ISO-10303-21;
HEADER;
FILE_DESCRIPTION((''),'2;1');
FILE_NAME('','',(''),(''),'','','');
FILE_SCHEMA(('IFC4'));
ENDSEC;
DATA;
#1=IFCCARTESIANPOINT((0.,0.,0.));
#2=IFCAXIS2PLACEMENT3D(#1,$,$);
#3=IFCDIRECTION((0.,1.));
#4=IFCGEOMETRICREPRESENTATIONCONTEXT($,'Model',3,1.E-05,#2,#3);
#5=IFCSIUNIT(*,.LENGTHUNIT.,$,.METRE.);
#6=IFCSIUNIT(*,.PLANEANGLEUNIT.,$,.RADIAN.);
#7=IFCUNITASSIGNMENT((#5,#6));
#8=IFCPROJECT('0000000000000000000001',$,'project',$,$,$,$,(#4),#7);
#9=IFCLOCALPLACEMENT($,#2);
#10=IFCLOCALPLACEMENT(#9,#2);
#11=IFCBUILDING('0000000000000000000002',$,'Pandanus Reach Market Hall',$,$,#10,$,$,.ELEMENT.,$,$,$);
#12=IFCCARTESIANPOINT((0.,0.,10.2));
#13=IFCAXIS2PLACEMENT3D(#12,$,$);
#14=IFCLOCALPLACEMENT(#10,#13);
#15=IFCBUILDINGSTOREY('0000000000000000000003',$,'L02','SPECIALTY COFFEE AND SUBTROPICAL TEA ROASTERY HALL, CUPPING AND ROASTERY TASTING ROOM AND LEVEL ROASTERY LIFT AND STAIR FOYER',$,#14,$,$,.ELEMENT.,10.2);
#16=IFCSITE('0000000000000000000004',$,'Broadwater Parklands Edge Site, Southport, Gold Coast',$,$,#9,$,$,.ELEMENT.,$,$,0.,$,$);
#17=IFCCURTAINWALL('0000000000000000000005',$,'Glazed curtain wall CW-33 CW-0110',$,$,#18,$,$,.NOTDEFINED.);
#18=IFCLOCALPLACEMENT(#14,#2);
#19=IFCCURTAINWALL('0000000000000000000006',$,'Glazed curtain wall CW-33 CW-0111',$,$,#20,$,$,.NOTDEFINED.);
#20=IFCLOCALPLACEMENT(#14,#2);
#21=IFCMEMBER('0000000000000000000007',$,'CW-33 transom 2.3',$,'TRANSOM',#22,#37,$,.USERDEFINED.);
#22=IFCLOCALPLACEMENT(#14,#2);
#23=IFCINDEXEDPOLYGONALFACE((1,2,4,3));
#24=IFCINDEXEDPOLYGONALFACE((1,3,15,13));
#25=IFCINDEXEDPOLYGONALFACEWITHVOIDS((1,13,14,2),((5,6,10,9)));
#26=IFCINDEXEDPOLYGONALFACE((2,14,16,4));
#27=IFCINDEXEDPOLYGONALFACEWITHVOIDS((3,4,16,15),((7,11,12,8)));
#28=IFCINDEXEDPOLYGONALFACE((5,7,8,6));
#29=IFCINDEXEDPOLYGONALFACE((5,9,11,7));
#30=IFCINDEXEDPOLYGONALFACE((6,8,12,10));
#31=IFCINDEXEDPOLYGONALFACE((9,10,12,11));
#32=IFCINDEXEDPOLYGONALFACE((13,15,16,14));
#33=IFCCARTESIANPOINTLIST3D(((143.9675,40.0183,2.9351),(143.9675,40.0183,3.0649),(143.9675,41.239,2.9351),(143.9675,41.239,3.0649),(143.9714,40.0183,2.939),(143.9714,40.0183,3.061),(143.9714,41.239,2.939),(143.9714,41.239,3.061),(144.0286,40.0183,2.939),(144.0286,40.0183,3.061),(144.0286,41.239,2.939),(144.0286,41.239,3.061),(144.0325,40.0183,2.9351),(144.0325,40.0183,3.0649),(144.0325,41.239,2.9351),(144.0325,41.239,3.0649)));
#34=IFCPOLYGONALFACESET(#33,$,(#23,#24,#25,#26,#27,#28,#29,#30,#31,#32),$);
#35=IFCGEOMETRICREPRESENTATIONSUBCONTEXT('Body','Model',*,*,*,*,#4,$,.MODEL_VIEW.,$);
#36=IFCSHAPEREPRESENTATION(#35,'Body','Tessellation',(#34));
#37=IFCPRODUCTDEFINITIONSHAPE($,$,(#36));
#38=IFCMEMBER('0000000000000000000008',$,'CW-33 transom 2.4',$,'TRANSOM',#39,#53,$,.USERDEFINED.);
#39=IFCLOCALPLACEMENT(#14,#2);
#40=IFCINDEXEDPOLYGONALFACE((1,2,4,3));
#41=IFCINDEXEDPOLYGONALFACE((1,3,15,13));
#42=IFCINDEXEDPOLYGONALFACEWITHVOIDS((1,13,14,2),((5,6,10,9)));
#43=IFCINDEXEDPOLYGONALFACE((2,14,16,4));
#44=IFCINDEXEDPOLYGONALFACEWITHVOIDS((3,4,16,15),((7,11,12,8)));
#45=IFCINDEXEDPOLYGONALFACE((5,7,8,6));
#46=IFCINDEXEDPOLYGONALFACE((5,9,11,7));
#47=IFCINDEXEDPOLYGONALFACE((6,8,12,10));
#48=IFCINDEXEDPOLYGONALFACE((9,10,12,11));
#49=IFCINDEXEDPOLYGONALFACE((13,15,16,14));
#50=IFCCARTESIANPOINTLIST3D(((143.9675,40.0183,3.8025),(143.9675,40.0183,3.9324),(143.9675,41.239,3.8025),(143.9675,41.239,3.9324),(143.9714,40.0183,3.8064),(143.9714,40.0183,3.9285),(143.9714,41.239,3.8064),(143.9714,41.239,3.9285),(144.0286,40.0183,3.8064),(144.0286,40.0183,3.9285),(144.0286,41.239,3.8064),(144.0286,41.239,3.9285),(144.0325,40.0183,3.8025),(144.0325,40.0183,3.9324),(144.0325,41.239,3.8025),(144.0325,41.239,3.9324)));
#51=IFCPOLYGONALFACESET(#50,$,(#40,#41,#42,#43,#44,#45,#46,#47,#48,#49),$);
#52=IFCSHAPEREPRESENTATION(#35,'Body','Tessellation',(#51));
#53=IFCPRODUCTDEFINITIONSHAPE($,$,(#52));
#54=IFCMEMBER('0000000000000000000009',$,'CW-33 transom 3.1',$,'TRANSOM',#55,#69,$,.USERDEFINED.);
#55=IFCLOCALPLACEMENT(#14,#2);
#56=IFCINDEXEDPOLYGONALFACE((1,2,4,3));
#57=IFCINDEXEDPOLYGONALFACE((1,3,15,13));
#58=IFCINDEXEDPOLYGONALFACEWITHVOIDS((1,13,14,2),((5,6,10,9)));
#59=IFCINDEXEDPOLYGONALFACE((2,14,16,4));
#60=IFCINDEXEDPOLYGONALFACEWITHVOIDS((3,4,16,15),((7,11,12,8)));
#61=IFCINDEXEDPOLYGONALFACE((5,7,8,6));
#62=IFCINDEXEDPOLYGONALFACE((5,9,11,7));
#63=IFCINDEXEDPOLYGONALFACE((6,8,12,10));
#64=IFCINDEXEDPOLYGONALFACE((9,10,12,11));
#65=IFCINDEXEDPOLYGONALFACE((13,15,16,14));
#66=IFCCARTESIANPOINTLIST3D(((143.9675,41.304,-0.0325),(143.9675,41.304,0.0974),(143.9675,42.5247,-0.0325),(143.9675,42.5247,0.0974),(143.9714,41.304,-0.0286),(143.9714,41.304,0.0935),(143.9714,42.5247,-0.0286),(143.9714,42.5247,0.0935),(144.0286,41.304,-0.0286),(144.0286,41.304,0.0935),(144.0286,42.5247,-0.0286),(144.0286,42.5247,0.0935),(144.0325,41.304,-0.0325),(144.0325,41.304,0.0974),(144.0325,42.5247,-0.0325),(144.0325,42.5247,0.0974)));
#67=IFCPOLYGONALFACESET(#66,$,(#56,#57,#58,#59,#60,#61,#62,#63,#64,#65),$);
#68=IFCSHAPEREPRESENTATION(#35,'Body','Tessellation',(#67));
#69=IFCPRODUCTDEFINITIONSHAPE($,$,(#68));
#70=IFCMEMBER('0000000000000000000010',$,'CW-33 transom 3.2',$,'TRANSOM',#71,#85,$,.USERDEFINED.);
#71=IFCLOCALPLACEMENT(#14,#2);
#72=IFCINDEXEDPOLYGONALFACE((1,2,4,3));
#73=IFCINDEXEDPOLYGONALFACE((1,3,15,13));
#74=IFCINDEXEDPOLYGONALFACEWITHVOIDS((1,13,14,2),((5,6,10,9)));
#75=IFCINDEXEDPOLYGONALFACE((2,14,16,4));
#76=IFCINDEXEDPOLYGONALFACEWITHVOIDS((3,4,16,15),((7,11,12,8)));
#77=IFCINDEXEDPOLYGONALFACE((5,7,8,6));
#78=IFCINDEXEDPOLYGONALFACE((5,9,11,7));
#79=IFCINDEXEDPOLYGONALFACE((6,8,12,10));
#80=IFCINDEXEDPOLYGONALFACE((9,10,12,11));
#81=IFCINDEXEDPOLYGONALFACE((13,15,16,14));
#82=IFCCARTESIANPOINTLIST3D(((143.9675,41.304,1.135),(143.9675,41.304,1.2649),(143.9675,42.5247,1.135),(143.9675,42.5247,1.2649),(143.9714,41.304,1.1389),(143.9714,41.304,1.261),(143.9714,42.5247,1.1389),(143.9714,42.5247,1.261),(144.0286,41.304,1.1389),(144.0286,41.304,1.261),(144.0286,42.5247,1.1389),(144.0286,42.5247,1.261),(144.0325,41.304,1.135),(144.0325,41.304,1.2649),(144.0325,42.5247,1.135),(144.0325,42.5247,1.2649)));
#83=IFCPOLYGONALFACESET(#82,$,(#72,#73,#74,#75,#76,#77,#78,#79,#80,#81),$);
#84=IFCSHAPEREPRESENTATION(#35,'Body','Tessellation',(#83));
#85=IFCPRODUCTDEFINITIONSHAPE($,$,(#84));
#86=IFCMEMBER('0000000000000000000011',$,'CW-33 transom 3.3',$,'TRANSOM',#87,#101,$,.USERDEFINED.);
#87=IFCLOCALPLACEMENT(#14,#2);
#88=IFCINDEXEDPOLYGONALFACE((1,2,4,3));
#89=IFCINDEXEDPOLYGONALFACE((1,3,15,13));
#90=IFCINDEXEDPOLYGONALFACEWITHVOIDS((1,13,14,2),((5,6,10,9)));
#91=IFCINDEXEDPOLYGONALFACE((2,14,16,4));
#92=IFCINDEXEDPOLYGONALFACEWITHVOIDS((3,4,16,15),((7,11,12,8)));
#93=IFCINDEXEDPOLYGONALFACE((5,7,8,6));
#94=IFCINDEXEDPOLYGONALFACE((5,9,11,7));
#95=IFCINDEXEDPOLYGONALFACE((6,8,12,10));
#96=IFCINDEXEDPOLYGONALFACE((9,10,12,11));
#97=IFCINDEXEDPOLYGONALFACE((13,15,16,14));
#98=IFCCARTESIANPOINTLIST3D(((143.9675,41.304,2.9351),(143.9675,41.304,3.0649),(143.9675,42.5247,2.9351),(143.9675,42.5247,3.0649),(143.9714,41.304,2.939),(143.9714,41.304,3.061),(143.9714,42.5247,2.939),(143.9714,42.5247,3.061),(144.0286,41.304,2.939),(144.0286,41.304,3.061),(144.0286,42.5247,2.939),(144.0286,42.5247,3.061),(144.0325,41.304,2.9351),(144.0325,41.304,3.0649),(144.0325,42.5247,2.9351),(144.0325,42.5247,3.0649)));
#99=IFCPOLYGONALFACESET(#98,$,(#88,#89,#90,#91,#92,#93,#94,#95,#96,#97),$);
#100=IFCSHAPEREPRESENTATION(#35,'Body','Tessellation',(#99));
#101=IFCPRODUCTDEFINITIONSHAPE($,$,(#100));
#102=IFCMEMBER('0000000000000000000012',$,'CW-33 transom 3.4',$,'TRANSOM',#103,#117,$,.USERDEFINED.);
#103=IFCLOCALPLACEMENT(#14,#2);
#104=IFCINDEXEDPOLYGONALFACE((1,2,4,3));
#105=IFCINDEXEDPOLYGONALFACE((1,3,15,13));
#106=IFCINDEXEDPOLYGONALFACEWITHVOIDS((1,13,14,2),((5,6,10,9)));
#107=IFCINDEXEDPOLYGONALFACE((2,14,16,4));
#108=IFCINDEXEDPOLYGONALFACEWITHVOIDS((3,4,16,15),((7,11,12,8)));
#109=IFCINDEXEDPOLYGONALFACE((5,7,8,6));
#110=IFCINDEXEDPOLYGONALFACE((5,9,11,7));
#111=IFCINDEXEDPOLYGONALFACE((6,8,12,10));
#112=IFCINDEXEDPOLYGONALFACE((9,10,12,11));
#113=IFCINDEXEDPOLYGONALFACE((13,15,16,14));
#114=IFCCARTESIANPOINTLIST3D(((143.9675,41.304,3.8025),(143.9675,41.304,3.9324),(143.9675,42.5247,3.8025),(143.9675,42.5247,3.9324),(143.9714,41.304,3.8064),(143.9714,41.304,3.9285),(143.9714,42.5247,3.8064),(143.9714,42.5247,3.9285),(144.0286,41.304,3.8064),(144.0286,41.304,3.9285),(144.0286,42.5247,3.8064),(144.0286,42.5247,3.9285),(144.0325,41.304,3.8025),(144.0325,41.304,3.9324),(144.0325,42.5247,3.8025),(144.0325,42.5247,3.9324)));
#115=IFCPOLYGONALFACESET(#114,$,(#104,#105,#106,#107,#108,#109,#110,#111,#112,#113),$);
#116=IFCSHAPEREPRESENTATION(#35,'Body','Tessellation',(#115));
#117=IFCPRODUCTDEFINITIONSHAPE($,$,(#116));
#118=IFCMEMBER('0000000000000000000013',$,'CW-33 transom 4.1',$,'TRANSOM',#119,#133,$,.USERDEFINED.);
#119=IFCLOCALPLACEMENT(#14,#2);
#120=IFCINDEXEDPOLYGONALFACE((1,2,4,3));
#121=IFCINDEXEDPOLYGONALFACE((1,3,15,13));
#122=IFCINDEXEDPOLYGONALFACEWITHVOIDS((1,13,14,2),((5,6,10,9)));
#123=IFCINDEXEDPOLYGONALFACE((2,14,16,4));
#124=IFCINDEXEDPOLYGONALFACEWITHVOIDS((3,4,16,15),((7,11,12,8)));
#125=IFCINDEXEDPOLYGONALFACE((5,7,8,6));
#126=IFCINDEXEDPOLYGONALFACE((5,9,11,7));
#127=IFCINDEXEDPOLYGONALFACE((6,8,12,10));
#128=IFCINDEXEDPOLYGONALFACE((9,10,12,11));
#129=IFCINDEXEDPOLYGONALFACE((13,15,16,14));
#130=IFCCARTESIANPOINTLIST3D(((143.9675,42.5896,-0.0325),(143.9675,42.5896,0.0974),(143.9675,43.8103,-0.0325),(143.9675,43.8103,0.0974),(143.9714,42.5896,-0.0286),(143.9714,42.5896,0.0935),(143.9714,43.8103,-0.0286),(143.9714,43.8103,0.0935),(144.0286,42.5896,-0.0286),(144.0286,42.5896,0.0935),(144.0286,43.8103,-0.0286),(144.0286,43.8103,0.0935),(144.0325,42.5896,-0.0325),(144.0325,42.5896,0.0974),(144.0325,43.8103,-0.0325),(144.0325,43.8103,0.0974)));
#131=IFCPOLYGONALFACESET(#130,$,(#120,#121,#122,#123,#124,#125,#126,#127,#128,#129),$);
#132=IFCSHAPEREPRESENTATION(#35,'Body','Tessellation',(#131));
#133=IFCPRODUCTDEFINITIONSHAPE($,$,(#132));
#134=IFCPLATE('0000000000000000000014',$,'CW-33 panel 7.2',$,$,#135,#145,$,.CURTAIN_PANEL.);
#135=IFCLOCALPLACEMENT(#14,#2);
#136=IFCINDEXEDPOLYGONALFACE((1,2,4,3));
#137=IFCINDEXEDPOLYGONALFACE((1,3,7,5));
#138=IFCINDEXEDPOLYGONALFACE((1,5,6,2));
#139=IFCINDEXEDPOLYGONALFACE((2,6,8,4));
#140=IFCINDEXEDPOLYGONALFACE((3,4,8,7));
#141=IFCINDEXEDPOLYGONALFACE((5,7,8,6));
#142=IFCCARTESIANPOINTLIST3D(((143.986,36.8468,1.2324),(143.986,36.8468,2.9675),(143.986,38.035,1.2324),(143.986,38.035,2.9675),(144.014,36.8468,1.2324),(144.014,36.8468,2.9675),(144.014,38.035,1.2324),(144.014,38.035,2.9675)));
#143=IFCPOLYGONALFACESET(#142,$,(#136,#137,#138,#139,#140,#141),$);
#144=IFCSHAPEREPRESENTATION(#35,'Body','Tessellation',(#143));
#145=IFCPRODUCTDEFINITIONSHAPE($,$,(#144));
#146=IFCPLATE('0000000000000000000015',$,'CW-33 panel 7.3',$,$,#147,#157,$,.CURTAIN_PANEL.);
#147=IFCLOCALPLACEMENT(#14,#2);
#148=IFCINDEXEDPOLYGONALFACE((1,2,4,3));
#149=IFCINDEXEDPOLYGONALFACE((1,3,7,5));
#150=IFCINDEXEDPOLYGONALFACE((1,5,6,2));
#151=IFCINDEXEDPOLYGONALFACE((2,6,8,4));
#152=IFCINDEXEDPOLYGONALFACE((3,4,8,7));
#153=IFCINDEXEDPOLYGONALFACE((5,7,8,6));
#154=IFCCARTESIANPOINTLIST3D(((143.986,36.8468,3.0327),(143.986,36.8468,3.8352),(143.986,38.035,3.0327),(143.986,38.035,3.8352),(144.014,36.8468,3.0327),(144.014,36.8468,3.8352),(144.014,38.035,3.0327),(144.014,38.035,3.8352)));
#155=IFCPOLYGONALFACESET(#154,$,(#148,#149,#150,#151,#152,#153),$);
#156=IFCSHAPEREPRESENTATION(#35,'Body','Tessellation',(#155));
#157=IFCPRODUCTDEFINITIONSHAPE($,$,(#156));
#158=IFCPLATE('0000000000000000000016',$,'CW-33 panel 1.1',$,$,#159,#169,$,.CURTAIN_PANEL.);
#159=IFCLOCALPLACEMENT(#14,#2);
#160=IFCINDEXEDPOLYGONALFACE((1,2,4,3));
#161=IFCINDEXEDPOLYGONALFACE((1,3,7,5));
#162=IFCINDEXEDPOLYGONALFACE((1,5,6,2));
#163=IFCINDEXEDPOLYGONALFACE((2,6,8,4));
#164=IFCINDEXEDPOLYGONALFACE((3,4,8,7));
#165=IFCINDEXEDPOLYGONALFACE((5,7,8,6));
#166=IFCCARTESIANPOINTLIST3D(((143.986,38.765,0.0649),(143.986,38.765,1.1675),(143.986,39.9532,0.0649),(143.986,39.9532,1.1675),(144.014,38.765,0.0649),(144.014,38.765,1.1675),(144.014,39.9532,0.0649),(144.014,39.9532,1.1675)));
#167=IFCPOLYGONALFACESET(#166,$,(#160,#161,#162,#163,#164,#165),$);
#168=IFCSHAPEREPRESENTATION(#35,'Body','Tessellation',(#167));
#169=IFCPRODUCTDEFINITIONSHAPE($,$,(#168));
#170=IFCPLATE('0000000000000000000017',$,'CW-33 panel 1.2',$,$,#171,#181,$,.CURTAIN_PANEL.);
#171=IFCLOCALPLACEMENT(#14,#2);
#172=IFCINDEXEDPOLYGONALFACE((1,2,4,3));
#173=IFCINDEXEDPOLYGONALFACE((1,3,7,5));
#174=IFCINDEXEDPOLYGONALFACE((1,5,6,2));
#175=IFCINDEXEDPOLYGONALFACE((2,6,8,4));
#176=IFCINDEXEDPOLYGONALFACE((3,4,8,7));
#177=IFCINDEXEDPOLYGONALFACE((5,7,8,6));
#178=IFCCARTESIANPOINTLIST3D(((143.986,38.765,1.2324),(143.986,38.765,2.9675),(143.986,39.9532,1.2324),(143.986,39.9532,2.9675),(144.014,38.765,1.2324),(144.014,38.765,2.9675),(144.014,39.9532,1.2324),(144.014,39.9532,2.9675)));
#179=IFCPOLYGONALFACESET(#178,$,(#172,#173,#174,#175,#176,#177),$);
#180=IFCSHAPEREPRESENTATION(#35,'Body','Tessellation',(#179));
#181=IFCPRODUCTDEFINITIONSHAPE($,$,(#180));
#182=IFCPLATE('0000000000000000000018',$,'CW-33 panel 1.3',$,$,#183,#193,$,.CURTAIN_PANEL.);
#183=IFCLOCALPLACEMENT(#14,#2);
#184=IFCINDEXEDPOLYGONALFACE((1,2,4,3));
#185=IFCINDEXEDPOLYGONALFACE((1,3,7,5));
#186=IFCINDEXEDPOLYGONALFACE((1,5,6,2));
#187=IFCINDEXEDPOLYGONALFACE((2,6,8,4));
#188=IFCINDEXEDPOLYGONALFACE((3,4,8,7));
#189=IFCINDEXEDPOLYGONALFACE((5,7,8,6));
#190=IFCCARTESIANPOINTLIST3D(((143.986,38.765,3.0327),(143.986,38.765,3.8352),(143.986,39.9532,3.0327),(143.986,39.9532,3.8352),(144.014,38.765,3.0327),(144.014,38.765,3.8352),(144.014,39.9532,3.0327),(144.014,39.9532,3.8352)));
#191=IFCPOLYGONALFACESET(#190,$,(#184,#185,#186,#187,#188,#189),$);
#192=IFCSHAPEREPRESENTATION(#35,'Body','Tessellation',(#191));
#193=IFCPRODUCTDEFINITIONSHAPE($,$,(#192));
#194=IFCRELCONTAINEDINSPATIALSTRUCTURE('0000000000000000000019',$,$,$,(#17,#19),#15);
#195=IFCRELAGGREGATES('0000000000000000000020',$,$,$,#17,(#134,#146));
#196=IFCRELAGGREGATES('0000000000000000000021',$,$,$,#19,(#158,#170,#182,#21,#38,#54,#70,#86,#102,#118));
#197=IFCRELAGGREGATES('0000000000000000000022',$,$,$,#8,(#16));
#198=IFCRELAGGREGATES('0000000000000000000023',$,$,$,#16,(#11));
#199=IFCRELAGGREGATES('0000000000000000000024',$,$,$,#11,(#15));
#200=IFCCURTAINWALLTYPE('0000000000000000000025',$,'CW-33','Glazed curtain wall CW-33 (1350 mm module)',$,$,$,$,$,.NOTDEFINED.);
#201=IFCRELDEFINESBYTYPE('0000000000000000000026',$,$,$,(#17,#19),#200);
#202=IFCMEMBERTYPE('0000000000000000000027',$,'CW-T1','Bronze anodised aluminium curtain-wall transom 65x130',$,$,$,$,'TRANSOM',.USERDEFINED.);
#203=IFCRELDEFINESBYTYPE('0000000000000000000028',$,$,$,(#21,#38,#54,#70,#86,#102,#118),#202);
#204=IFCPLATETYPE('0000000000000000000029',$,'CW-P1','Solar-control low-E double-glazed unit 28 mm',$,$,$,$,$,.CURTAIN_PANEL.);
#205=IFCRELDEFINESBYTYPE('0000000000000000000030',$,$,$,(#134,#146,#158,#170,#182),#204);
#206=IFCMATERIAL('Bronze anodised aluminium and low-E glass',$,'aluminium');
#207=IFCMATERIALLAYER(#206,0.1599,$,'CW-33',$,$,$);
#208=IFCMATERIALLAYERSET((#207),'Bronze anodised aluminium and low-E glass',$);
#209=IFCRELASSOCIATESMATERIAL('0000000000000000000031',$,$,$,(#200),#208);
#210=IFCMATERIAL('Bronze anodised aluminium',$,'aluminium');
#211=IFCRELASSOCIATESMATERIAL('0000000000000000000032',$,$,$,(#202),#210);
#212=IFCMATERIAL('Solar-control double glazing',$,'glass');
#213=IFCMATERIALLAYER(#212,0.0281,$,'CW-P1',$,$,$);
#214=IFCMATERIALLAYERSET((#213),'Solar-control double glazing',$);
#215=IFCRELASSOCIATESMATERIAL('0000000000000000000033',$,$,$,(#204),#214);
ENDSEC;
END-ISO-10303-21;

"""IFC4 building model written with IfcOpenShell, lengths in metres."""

from ifc_helpers import new_model, si_unit, direction, frame, origin, origin_2d, place, context, subcontext, project, spatial, rectangle, hollow_rectangle, extrude, material, layer, layer_set, material_profile, profile_set, type_object, element, aggregate, save


model = new_model("IFC4")

# Units and contexts
model_context = context("Model", 3, precision=1e-05, world=origin(), true_north=direction((0.0, 1.0)))
body_context = subcontext(model_context, "Body", "Model", "MODEL_VIEW")
ifc_project = project(units=[si_unit("LENGTHUNIT", "METRE"), si_unit("PLANEANGLEUNIT", "RADIAN")], contexts=[model_context])

# Site, building, storey
site_placement = place(None, origin())
site = spatial("IfcSite", under=ifc_project, at=site_placement, Name="Broadwater Parklands Edge Site, Southport, Gold Coast", CompositionType="ELEMENT", RefElevation=0.0)
building_placement = place(site_placement, origin())
building = spatial("IfcBuilding", under=site, at=building_placement, Name="Pandanus Reach Market Hall", CompositionType="ELEMENT")
storey_placement = place(building_placement, frame((0.0, 0.0, 10.2)))
storey = spatial("IfcBuildingStorey", under=building, at=storey_placement, Name="L02", Description="SPECIALTY COFFEE AND SUBTROPICAL TEA ROASTERY HALL, CUPPING AND ROASTERY TASTING ROOM AND LEVEL ROASTERY LIFT AND STAIR FOYER", CompositionType="ELEMENT", Elevation=10.2)

# Curtain wall
ifc_material_1 = material(Name="Bronze anodised aluminium and low-E glass", Category="aluminium")
ifc_layer_1 = layer(ifc_material_1, 0.1599, Name="CW-33")
ifc_layer_set_1 = layer_set([ifc_layer_1], Name="Bronze anodised aluminium and low-E glass")
curtain_wall_type = type_object("IfcCurtainWallType", Name="CW-33", Description="Glazed curtain wall CW-33 (1350 mm module)", PredefinedType="NOTDEFINED", material=ifc_layer_set_1)
curtain_wall_1_placement = place(storey_placement, origin())
curtain_wall_1 = element("IfcCurtainWall", 1, at=curtain_wall_1_placement, inside=storey, type_object=curtain_wall_type, Name="Glazed curtain wall CW-33 CW-0110", PredefinedType="NOTDEFINED")
ifc_material_2 = material(Name="Bronze anodised aluminium", Category="aluminium")

# Curtain wall, members
curtain_wall_2_placement = place(storey_placement, origin())
curtain_wall_2 = element("IfcCurtainWall", 2, at=curtain_wall_2_placement, inside=storey, type_object=curtain_wall_type, Name="Glazed curtain wall CW-33 CW-0111", PredefinedType="NOTDEFINED")
ifc_material_profile_1 = material_profile(ifc_material_2, hollow_rectangle(XDim=0.0649, YDim=0.1299, WallThickness=0.0039, at=origin_2d()), Name="ALU65x130", Category="LoadBearing")
ifc_profile_set_1 = profile_set([ifc_material_profile_1], Name="Bronze anodised aluminium")
member_type_1 = type_object("IfcMemberType", Name="CW-T1", Description="Bronze anodised aluminium curtain-wall transom 65x130", ElementType="TRANSOM", PredefinedType="USERDEFINED", material=ifc_profile_set_1)
member_1_placement = place(storey_placement, frame((144.0, 40.0183, 3.0), z_axis=(0.0, 1.0, 0.0), x_axis=(-1.0, 0.0, 0.0)))
member_1 = element("IfcMember", 3, at=member_1_placement, type_object=member_type_1, Name="CW-33 transom 2.3", ObjectType="TRANSOM", PredefinedType="USERDEFINED", context=body_context, shape_type="SweptSolid", body=[
    extrude(hollow_rectangle(XDim=0.0649, YDim=0.1299, WallThickness=0.0039, at=origin_2d()), origin(), (0.0, 0.0, 1.0), 1.2207),
])
member_2_placement = place(storey_placement, frame((144.0, 40.0183, 3.8674), z_axis=(0.0, 1.0, 0.0), x_axis=(-1.0, 0.0, 0.0)))
member_2 = element("IfcMember", 4, at=member_2_placement, type_object=member_type_1, Name="CW-33 transom 2.4", ObjectType="TRANSOM", PredefinedType="USERDEFINED", context=body_context, shape_type="SweptSolid", body=[
    extrude(hollow_rectangle(XDim=0.0649, YDim=0.1299, WallThickness=0.0039, at=origin_2d()), origin(), (0.0, 0.0, 1.0), 1.2207),
])
member_3_placement = place(storey_placement, frame((144.0, 41.304, 0.0325), z_axis=(0.0, 1.0, 0.0), x_axis=(-1.0, 0.0, 0.0)))
member_3 = element("IfcMember", 5, at=member_3_placement, type_object=member_type_1, Name="CW-33 transom 3.1", ObjectType="TRANSOM", PredefinedType="USERDEFINED", context=body_context, shape_type="SweptSolid", body=[
    extrude(hollow_rectangle(XDim=0.0649, YDim=0.1299, WallThickness=0.0039, at=origin_2d()), origin(), (0.0, 0.0, 1.0), 1.2207),
])
member_4_placement = place(storey_placement, frame((144.0, 41.304, 1.2), z_axis=(0.0, 1.0, 0.0), x_axis=(-1.0, 0.0, 0.0)))
member_4 = element("IfcMember", 6, at=member_4_placement, type_object=member_type_1, Name="CW-33 transom 3.2", ObjectType="TRANSOM", PredefinedType="USERDEFINED", context=body_context, shape_type="SweptSolid", body=[
    extrude(hollow_rectangle(XDim=0.0649, YDim=0.1299, WallThickness=0.0039, at=origin_2d()), origin(), (0.0, 0.0, 1.0), 1.2207),
])
member_5_placement = place(storey_placement, frame((144.0, 41.304, 3.0), z_axis=(0.0, 1.0, 0.0), x_axis=(-1.0, 0.0, 0.0)))
member_5 = element("IfcMember", 7, at=member_5_placement, type_object=member_type_1, Name="CW-33 transom 3.3", ObjectType="TRANSOM", PredefinedType="USERDEFINED", context=body_context, shape_type="SweptSolid", body=[
    extrude(hollow_rectangle(XDim=0.0649, YDim=0.1299, WallThickness=0.0039, at=origin_2d()), origin(), (0.0, 0.0, 1.0), 1.2207),
])
member_6_placement = place(storey_placement, frame((144.0, 41.304, 3.8674), z_axis=(0.0, 1.0, 0.0), x_axis=(-1.0, 0.0, 0.0)))
member_6 = element("IfcMember", 8, at=member_6_placement, type_object=member_type_1, Name="CW-33 transom 3.4", ObjectType="TRANSOM", PredefinedType="USERDEFINED", context=body_context, shape_type="SweptSolid", body=[
    extrude(hollow_rectangle(XDim=0.0649, YDim=0.1299, WallThickness=0.0039, at=origin_2d()), origin(), (0.0, 0.0, 1.0), 1.2207),
])
member_7_placement = place(storey_placement, frame((144.0, 42.5896, 0.0325), z_axis=(0.0, 1.0, 0.0), x_axis=(-1.0, 0.0, 0.0)))
member_7 = element("IfcMember", 9, at=member_7_placement, type_object=member_type_1, Name="CW-33 transom 4.1", ObjectType="TRANSOM", PredefinedType="USERDEFINED", context=body_context, shape_type="SweptSolid", body=[
    extrude(hollow_rectangle(XDim=0.0649, YDim=0.1299, WallThickness=0.0039, at=origin_2d()), origin(), (0.0, 0.0, 1.0), 1.2207),
])

# Plates
ifc_material_3 = material(Name="Solar-control double glazing", Category="glass")
ifc_layer_2 = layer(ifc_material_3, 0.0281, Name="CW-P1")
ifc_layer_set_2 = layer_set([ifc_layer_2], Name="Solar-control double glazing")
plate_type = type_object("IfcPlateType", Name="CW-P1", Description="Solar-control low-E double-glazed unit 28 mm", PredefinedType="CURTAIN_PANEL", material=ifc_layer_set_2)
plate_1_placement = place(storey_placement, frame((144.0, 37.4409, 1.2324), z_axis=(0.0, 0.0, 1.0), x_axis=(0.0, 1.0, 0.0)))
plate_1 = element("IfcPlate", 10, at=plate_1_placement, type_object=plate_type, Name="CW-33 panel 7.2", PredefinedType="CURTAIN_PANEL", context=body_context, shape_type="SweptSolid", body=[
    extrude(rectangle(XDim=1.1882, YDim=0.0281, at=origin_2d()), origin(), (0.0, 0.0, 1.0), 1.7351),
])
plate_2_placement = place(storey_placement, frame((144.0, 37.4409, 3.0327), z_axis=(0.0, 0.0, 1.0), x_axis=(0.0, 1.0, 0.0)))
plate_2 = element("IfcPlate", 11, at=plate_2_placement, type_object=plate_type, Name="CW-33 panel 7.3", PredefinedType="CURTAIN_PANEL", context=body_context, shape_type="SweptSolid", body=[
    extrude(rectangle(XDim=1.1882, YDim=0.0281, at=origin_2d()), origin(), (0.0, 0.0, 1.0), 0.8025),
])
aggregate(curtain_wall_1, [plate_1, plate_2])
plate_3_placement = place(storey_placement, frame((144.0, 39.3591, 0.0649), z_axis=(0.0, 0.0, 1.0), x_axis=(0.0, 1.0, 0.0)))
plate_3 = element("IfcPlate", 12, at=plate_3_placement, type_object=plate_type, Name="CW-33 panel 1.1", PredefinedType="CURTAIN_PANEL", context=body_context, shape_type="SweptSolid", body=[
    extrude(rectangle(XDim=1.1882, YDim=0.0281, at=origin_2d()), origin(), (0.0, 0.0, 1.0), 1.1025),
])
plate_4_placement = place(storey_placement, frame((144.0, 39.3591, 1.2324), z_axis=(0.0, 0.0, 1.0), x_axis=(0.0, 1.0, 0.0)))
plate_4 = element("IfcPlate", 13, at=plate_4_placement, type_object=plate_type, Name="CW-33 panel 1.2", PredefinedType="CURTAIN_PANEL", context=body_context, shape_type="SweptSolid", body=[
    extrude(rectangle(XDim=1.1882, YDim=0.0281, at=origin_2d()), origin(), (0.0, 0.0, 1.0), 1.7351),
])
plate_5_placement = place(storey_placement, frame((144.0, 39.3591, 3.0327), z_axis=(0.0, 0.0, 1.0), x_axis=(0.0, 1.0, 0.0)))
plate_5 = element("IfcPlate", 14, at=plate_5_placement, type_object=plate_type, Name="CW-33 panel 1.3", PredefinedType="CURTAIN_PANEL", context=body_context, shape_type="SweptSolid", body=[
    extrude(rectangle(XDim=1.1882, YDim=0.0281, at=origin_2d()), origin(), (0.0, 0.0, 1.0), 0.8025),
])
aggregate(curtain_wall_2, [plate_3, plate_4, plate_5, member_1, member_2, member_3, member_4, member_5, member_6, member_7])

save(model, "model.ifc")
